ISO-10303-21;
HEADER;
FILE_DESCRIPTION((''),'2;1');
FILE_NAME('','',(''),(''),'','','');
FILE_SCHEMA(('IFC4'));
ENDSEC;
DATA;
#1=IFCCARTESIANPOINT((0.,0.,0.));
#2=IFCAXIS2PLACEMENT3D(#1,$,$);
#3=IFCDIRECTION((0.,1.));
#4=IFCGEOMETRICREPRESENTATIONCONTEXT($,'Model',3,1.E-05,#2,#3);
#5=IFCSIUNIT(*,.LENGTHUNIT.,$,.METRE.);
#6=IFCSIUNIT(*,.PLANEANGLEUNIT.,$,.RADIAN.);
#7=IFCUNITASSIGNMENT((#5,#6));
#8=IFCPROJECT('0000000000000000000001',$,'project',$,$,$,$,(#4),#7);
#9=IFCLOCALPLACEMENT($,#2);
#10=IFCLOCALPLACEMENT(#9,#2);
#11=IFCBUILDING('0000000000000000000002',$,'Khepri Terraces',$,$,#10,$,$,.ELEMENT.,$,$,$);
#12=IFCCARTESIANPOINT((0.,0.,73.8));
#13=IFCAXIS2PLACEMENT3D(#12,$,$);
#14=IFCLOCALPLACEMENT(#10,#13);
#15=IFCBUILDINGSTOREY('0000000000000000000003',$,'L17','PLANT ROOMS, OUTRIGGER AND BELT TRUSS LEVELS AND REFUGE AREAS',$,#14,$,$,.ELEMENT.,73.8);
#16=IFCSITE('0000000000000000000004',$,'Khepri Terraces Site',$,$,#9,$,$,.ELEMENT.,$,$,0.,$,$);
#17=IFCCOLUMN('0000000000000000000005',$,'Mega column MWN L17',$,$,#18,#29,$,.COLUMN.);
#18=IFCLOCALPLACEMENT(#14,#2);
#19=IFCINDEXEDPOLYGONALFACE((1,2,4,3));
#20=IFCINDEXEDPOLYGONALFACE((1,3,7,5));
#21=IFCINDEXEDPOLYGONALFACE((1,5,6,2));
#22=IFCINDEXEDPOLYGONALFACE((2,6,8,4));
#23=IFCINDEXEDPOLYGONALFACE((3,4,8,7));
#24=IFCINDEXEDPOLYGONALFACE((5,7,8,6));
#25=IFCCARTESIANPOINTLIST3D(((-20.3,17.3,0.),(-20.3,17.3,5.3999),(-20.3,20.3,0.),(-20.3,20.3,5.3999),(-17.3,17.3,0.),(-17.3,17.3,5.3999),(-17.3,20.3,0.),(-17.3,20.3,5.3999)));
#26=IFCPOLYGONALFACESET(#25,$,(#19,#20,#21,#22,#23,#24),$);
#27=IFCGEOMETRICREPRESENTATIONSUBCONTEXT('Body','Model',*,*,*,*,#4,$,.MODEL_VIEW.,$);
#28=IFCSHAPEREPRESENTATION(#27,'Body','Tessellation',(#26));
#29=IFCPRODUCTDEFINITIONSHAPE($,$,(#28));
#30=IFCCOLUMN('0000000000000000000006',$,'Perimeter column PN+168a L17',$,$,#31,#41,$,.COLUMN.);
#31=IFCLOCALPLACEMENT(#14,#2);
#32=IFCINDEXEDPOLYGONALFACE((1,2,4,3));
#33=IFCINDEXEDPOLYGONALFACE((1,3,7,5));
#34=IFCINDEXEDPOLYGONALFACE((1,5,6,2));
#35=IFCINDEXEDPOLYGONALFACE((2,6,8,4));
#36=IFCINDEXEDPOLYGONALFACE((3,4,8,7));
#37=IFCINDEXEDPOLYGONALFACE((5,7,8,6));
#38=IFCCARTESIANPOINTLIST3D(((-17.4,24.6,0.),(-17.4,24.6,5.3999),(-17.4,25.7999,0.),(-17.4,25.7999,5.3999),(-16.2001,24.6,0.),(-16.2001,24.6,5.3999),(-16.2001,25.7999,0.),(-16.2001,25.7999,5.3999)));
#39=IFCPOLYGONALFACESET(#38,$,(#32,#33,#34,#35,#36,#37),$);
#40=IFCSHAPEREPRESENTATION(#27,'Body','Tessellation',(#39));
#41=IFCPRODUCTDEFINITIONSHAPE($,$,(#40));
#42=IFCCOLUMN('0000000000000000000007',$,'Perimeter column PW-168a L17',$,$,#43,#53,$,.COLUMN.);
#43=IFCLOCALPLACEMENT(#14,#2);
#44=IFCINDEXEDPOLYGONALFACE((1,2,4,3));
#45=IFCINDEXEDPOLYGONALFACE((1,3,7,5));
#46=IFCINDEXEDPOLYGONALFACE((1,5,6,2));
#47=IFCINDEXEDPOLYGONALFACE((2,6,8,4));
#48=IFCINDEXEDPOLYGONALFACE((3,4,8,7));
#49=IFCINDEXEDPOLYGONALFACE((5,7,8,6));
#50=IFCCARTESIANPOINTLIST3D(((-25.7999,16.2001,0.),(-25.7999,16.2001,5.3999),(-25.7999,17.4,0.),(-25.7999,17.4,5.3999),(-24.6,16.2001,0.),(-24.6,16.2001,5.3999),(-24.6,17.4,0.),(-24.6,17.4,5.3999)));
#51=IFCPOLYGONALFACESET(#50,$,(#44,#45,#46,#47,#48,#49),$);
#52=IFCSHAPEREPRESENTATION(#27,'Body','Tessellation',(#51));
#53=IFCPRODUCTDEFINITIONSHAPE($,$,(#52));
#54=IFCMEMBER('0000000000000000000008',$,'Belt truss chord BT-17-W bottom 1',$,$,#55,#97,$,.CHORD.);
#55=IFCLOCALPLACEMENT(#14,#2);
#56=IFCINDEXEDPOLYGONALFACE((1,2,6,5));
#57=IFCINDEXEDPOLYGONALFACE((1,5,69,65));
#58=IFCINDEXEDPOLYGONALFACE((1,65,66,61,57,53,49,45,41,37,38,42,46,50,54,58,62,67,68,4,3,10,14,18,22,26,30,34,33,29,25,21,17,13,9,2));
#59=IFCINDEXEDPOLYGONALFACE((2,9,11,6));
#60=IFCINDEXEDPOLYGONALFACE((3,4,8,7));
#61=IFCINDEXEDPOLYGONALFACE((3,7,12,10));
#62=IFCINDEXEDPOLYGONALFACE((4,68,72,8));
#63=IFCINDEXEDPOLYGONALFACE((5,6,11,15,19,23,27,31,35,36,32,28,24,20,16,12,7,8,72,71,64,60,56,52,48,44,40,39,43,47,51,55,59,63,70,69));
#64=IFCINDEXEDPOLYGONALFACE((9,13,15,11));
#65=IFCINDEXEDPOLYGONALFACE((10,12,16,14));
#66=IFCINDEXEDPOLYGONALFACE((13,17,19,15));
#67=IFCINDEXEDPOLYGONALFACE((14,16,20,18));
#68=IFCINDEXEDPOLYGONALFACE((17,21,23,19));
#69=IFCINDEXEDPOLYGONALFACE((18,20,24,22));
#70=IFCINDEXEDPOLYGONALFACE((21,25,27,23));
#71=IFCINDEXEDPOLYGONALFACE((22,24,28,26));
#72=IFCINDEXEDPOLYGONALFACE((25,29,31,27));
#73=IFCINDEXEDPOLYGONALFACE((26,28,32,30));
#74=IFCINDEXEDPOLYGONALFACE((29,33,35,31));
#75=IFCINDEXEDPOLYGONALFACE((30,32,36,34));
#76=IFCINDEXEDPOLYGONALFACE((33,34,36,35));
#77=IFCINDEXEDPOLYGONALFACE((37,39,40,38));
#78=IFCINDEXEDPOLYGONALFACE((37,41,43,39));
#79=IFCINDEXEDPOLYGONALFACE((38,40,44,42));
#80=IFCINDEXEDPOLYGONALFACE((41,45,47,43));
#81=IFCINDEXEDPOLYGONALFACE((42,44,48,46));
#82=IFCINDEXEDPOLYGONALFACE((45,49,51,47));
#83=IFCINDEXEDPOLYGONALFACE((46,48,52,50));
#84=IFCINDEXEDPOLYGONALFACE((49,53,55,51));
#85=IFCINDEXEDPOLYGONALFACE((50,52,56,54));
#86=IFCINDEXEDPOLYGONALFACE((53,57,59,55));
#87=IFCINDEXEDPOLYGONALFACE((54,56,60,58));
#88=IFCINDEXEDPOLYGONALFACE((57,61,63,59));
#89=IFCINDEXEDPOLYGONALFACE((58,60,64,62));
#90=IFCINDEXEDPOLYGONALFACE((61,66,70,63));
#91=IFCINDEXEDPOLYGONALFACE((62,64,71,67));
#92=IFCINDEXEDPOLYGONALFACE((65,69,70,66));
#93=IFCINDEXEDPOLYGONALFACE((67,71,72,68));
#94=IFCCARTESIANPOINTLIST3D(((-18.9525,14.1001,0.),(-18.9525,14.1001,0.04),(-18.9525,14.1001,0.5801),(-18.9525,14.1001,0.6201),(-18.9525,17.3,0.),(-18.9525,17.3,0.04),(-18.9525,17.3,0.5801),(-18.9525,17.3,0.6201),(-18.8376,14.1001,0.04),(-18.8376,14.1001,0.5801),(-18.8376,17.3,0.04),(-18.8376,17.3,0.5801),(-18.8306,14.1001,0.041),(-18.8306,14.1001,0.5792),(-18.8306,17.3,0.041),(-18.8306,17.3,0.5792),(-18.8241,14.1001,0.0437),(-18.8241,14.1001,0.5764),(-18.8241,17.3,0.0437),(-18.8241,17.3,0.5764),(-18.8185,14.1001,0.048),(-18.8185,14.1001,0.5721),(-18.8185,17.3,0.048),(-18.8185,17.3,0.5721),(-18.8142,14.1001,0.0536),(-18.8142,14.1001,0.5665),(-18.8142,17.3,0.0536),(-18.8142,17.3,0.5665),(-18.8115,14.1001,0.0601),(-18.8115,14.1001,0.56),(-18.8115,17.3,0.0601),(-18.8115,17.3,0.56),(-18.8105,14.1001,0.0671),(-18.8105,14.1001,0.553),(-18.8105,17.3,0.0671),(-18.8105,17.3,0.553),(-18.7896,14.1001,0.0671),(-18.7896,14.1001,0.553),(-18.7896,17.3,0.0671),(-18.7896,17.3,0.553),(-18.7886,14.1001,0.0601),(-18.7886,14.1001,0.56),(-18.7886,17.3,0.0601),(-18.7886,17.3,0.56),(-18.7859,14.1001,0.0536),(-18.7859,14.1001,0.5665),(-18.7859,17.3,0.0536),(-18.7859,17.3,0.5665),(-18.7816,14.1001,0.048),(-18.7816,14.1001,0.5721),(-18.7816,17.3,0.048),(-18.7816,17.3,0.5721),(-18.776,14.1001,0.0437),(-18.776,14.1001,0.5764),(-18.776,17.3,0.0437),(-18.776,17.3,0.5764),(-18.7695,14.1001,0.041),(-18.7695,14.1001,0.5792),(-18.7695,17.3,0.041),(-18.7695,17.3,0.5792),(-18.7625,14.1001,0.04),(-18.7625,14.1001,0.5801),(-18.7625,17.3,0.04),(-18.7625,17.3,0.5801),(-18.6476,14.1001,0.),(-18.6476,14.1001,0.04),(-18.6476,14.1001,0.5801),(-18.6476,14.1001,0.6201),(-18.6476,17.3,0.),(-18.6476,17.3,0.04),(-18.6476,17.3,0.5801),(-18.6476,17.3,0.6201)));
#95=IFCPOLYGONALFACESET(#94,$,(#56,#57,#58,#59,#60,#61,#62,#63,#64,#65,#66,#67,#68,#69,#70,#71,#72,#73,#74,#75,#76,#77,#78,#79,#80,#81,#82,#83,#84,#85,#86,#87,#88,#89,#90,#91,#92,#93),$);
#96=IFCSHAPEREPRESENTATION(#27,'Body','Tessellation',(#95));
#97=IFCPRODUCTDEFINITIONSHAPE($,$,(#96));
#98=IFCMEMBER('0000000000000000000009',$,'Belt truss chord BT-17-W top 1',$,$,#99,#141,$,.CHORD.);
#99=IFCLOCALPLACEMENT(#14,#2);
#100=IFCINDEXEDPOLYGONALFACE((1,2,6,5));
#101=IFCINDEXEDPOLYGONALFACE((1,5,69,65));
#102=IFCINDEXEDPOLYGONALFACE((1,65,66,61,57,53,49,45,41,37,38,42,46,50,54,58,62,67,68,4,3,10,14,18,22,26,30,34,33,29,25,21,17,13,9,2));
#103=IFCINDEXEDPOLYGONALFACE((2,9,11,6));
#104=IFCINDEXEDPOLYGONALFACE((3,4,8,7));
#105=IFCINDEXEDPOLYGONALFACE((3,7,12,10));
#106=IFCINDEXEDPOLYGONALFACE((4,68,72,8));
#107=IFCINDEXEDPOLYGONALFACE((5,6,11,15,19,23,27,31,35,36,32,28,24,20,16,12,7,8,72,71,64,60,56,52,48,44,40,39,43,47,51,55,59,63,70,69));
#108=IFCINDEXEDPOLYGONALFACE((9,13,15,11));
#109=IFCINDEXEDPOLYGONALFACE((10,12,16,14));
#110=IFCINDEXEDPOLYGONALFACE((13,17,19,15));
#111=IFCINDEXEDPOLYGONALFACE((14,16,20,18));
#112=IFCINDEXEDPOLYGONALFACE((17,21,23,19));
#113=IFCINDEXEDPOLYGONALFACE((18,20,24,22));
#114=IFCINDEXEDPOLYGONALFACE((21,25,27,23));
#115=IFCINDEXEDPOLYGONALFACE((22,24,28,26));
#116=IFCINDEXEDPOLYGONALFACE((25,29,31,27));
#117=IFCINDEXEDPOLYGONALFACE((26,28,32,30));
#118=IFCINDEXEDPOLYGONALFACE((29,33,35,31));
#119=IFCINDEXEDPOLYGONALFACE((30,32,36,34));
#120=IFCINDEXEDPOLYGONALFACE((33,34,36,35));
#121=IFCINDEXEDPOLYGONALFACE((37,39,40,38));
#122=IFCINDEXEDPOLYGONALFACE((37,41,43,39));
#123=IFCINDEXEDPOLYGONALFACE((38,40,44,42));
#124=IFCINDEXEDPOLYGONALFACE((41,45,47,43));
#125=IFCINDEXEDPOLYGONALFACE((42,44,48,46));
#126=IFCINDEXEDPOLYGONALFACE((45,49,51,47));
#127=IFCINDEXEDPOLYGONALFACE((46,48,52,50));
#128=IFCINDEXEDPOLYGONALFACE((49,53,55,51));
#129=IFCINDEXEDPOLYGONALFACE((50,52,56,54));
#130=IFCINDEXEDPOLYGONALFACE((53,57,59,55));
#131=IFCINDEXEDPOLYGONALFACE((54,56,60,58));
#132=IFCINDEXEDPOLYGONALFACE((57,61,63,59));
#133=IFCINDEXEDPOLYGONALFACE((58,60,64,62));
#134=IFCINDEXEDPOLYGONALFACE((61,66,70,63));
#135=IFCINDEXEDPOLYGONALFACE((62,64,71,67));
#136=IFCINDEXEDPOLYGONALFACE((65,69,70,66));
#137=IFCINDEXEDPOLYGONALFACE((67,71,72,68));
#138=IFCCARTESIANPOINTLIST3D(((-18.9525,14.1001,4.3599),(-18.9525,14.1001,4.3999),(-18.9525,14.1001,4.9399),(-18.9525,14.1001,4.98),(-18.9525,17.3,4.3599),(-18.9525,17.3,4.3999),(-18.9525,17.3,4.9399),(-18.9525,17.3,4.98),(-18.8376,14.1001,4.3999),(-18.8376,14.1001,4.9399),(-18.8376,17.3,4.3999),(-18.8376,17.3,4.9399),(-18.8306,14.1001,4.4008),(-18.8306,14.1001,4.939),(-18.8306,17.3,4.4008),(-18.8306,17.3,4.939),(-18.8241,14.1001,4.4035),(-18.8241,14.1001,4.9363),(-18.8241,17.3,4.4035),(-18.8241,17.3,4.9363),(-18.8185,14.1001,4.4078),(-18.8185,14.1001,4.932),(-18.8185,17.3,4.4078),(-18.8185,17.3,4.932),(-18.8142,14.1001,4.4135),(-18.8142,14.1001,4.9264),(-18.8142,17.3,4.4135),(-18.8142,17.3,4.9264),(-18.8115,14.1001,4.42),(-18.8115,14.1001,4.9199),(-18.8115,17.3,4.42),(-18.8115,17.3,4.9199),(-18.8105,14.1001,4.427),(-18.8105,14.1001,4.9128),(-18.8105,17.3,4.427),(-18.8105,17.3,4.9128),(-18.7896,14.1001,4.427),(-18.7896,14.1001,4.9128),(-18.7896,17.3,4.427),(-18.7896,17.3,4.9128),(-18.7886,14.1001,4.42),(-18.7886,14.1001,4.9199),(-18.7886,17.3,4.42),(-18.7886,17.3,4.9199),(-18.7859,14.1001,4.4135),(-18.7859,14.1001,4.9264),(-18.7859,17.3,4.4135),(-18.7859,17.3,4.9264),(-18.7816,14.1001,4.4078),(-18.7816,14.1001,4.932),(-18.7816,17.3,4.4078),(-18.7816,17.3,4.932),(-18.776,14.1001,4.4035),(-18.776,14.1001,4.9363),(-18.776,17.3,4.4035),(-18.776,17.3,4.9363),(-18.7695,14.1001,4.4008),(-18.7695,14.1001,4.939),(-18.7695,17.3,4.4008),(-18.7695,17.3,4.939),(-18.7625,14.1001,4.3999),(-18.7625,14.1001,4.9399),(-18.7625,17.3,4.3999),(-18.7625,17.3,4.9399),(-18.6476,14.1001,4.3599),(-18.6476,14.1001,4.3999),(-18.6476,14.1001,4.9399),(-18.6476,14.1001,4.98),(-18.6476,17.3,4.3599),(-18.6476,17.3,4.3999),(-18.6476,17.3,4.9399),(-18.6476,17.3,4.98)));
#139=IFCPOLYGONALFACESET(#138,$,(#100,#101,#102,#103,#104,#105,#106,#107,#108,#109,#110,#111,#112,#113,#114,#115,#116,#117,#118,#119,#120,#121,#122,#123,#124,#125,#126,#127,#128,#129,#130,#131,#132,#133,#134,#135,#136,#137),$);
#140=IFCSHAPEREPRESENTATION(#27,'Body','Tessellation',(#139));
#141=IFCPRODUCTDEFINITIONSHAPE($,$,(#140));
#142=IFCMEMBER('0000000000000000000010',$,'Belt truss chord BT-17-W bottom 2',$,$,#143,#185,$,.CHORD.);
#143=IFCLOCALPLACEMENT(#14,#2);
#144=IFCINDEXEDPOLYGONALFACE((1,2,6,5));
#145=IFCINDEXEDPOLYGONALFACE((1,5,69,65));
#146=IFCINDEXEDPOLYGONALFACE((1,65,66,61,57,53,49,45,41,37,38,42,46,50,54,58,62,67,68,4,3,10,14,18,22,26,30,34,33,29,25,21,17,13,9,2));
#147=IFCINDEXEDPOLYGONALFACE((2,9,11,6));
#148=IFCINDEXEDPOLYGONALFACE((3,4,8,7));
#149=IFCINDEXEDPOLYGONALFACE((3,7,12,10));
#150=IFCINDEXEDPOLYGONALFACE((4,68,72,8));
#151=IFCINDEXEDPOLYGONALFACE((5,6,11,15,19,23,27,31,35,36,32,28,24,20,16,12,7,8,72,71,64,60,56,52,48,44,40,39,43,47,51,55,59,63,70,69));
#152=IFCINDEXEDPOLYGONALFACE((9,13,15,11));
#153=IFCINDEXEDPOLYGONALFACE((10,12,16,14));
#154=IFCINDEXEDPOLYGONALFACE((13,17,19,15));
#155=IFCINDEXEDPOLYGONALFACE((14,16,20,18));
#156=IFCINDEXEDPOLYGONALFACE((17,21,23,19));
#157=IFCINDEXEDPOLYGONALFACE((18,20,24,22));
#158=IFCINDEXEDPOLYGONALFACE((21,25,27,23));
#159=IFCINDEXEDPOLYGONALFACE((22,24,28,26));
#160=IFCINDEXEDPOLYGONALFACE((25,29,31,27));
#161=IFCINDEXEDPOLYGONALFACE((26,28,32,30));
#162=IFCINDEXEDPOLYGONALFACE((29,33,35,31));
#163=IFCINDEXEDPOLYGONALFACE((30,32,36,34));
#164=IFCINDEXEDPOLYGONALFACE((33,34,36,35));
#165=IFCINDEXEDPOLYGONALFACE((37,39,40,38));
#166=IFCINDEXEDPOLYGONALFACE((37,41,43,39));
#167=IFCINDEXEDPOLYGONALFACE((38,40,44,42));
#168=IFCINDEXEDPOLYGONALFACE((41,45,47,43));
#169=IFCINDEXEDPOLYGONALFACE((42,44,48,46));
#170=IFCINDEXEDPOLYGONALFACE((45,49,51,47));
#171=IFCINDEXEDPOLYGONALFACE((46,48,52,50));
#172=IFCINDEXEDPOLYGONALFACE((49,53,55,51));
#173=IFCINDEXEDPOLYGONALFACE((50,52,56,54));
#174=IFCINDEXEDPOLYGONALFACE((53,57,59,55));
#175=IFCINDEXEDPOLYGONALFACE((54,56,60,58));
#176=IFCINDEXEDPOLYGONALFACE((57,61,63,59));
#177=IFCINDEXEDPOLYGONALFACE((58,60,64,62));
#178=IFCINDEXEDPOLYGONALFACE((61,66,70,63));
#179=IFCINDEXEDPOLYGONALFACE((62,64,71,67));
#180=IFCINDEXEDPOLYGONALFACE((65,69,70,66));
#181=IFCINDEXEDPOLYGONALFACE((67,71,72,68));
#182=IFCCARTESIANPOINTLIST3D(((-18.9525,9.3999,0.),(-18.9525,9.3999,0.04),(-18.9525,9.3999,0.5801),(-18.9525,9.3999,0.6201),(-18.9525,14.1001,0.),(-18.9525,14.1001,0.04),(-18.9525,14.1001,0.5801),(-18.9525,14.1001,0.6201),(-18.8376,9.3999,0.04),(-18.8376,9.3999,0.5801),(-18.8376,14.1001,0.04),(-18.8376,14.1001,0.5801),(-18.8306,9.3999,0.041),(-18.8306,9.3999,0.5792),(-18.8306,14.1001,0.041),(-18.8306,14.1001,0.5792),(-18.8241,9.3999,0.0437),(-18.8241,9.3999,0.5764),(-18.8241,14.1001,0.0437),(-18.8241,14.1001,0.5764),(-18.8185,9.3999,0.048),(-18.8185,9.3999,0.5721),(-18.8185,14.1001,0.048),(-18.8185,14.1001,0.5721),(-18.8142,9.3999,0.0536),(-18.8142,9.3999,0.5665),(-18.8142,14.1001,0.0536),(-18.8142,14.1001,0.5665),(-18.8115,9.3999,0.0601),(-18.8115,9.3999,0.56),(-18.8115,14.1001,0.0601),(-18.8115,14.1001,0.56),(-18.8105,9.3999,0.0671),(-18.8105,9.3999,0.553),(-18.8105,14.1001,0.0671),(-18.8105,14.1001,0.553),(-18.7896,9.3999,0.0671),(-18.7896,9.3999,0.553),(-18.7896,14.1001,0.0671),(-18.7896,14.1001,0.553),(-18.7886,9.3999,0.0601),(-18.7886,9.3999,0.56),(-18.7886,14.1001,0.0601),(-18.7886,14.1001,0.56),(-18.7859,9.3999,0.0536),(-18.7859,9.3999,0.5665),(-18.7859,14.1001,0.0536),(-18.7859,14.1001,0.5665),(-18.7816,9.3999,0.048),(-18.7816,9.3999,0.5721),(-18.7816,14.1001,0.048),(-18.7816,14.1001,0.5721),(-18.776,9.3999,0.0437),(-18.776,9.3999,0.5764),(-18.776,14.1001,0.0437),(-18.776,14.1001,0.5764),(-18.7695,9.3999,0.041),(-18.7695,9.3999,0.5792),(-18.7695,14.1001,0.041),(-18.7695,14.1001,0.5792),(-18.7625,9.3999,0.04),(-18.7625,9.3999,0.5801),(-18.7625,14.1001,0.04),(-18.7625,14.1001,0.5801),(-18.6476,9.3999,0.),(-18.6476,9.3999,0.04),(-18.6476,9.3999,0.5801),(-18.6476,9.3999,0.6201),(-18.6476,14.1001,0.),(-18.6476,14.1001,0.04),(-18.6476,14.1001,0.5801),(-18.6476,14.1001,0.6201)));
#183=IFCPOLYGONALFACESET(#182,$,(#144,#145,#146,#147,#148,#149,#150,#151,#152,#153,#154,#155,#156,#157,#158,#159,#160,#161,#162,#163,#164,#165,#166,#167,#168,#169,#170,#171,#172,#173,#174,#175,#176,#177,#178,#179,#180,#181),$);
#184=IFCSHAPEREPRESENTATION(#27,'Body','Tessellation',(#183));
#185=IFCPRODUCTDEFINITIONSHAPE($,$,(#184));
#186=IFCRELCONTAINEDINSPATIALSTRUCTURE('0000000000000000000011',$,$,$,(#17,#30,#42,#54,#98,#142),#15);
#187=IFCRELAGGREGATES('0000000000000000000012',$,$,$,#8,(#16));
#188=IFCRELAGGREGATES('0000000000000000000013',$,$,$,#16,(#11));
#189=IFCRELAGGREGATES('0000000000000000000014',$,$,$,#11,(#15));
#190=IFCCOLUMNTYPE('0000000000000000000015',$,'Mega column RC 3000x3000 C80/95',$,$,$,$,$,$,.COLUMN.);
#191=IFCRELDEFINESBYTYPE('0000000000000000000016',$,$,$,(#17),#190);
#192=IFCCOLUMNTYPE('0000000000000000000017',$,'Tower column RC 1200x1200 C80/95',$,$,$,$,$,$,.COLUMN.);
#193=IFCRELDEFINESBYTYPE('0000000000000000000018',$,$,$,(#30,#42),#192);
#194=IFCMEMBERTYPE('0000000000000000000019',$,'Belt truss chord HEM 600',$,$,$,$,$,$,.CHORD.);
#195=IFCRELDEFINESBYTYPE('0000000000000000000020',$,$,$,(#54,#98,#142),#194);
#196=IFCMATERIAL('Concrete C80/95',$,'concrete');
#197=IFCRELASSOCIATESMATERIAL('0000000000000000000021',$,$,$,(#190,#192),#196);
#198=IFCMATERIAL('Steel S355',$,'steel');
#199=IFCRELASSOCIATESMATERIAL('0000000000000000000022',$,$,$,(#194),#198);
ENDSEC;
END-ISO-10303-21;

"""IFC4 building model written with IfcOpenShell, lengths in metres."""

from ifc_helpers import new_model, si_unit, direction, frame, origin, origin_2d, place, context, subcontext, project, spatial, rectangle, i_section, extrude, material, material_profile, profile_set, type_object, element, save


model = new_model("IFC4")

# Units and contexts
model_context = context("Model", 3, precision=1e-05, world=origin(), true_north=direction((0.0, 1.0)))
body_context = subcontext(model_context, "Body", "Model", "MODEL_VIEW")
ifc_project = project(units=[si_unit("LENGTHUNIT", "METRE"), si_unit("PLANEANGLEUNIT", "RADIAN")], contexts=[model_context])

# Site, building, storey
site_placement = place(None, origin())
site = spatial("IfcSite", under=ifc_project, at=site_placement, Name="Khepri Terraces Site", CompositionType="ELEMENT", RefElevation=0.0)
building_placement = place(site_placement, origin())
building = spatial("IfcBuilding", under=site, at=building_placement, Name="Khepri Terraces", CompositionType="ELEMENT")
storey_placement = place(building_placement, frame((0.0, 0.0, 73.8)))
storey = spatial("IfcBuildingStorey", under=building, at=storey_placement, Name="L17", Description="PLANT ROOMS, OUTRIGGER AND BELT TRUSS LEVELS AND REFUGE AREAS", CompositionType="ELEMENT", Elevation=73.8)

# Columns
ifc_material_1 = material(Name="Concrete C80/95", Category="concrete")
ifc_material_profile_1 = material_profile(ifc_material_1, rectangle(XDim=3.0, YDim=3.0, at=origin_2d()), Name="Concrete C80/95", Category="concrete")
ifc_profile_set_1 = profile_set([ifc_material_profile_1], Name="Concrete C80/95")
column_type_1 = type_object("IfcColumnType", Name="Mega column RC 3000x3000 C80/95", PredefinedType="COLUMN", material=ifc_profile_set_1)
column_placement = place(storey_placement, frame((-18.8, 18.8, 0.0), z_axis=(0.0, 0.0, 1.0), x_axis=(1.0, 0.0, 0.0)))
element("IfcColumn", 1, at=column_placement, inside=storey, type_object=column_type_1, Name="Mega column MWN L17", PredefinedType="COLUMN", context=body_context, shape_type="SweptSolid", body=[
    extrude(rectangle(XDim=3.0, YDim=3.0, at=origin_2d()), origin(), (0.0, 0.0, 1.0), 5.3999),
])
ifc_material_profile_2 = material_profile(ifc_material_1, rectangle(XDim=1.2, YDim=1.2, at=origin_2d()), Name="Concrete C80/95", Category="concrete")
ifc_profile_set_2 = profile_set([ifc_material_profile_2], Name="Concrete C80/95")
column_type_2 = type_object("IfcColumnType", Name="Tower column RC 1200x1200 C80/95", PredefinedType="COLUMN", material=ifc_profile_set_2)
for number, where, z_axis, x_axis, name in (
    (2, (-16.8, 25.2, 0.0), (0.0, 0.0, 1.0), (1.0, 0.0, 0.0), "Perimeter column PN+168a L17"),
    (3, (-25.2, 16.8, 0.0), (0.0, 0.0, 1.0), (1.0, 0.0, 0.0), "Perimeter column PW-168a L17"),
):
    element("IfcColumn", number, at=place(storey_placement, frame(where, z_axis=z_axis, x_axis=x_axis)), inside=storey, type_object=column_type_2, Name=name, PredefinedType="COLUMN", context=body_context, shape_type="SweptSolid", body=[
        extrude(rectangle(XDim=1.2, YDim=1.2, at=origin_2d()), origin(), (0.0, 0.0, 1.0), 5.3999),
    ])

# Members
ifc_material_2 = material(Name="Steel S355", Category="steel")
ifc_material_profile_3 = material_profile(ifc_material_2, i_section(OverallWidth=0.3049, OverallDepth=0.6201, WebThickness=0.021, FlangeThickness=0.04, FilletRadius=0.0271, at=origin_2d()), Name="Steel S355", Category="steel")
ifc_profile_set_3 = profile_set([ifc_material_profile_3], Name="Steel S355")
member_type_1 = type_object("IfcMemberType", Name="Belt truss chord HEM 600", PredefinedType="CHORD", material=ifc_profile_set_3)
for number, where, z_axis, x_axis, name in (
    (4, (-18.8, 17.3, 0.3101), (0.0, -1.0, 0.0), (1.0, 0.0, 0.0), "Belt truss chord BT-17-W bottom 1"),
    (5, (-18.8, 17.3, 4.6699), (0.0, -1.0, 0.0), (1.0, 0.0, 0.0), "Belt truss chord BT-17-W top 1"),
):
    element("IfcMember", number, at=place(storey_placement, frame(where, z_axis=z_axis, x_axis=x_axis)), inside=storey, type_object=member_type_1, Name=name, PredefinedType="CHORD", context=body_context, shape_type="SweptSolid", body=[
        extrude(i_section(OverallWidth=0.3049, OverallDepth=0.6201, WebThickness=0.021, FlangeThickness=0.04, FilletRadius=0.0271, at=origin_2d()), origin(), (0.0, 0.0, 1.0), 3.2),
    ])
for number, where, z_axis, x_axis, name in (
    (6, (-18.8, 14.1001, 0.3101), (0.0, -1.0, 0.0), (1.0, 0.0, 0.0), "Belt truss chord BT-17-W bottom 2"),
):
    element("IfcMember", number, at=place(storey_placement, frame(where, z_axis=z_axis, x_axis=x_axis)), inside=storey, type_object=member_type_1, Name=name, PredefinedType="CHORD", context=body_context, shape_type="SweptSolid", body=[
        extrude(i_section(OverallWidth=0.3049, OverallDepth=0.6201, WebThickness=0.021, FlangeThickness=0.04, FilletRadius=0.0271, at=origin_2d()), origin(), (0.0, 0.0, 1.0), 4.7002),
    ])

save(model, "model.ifc")
